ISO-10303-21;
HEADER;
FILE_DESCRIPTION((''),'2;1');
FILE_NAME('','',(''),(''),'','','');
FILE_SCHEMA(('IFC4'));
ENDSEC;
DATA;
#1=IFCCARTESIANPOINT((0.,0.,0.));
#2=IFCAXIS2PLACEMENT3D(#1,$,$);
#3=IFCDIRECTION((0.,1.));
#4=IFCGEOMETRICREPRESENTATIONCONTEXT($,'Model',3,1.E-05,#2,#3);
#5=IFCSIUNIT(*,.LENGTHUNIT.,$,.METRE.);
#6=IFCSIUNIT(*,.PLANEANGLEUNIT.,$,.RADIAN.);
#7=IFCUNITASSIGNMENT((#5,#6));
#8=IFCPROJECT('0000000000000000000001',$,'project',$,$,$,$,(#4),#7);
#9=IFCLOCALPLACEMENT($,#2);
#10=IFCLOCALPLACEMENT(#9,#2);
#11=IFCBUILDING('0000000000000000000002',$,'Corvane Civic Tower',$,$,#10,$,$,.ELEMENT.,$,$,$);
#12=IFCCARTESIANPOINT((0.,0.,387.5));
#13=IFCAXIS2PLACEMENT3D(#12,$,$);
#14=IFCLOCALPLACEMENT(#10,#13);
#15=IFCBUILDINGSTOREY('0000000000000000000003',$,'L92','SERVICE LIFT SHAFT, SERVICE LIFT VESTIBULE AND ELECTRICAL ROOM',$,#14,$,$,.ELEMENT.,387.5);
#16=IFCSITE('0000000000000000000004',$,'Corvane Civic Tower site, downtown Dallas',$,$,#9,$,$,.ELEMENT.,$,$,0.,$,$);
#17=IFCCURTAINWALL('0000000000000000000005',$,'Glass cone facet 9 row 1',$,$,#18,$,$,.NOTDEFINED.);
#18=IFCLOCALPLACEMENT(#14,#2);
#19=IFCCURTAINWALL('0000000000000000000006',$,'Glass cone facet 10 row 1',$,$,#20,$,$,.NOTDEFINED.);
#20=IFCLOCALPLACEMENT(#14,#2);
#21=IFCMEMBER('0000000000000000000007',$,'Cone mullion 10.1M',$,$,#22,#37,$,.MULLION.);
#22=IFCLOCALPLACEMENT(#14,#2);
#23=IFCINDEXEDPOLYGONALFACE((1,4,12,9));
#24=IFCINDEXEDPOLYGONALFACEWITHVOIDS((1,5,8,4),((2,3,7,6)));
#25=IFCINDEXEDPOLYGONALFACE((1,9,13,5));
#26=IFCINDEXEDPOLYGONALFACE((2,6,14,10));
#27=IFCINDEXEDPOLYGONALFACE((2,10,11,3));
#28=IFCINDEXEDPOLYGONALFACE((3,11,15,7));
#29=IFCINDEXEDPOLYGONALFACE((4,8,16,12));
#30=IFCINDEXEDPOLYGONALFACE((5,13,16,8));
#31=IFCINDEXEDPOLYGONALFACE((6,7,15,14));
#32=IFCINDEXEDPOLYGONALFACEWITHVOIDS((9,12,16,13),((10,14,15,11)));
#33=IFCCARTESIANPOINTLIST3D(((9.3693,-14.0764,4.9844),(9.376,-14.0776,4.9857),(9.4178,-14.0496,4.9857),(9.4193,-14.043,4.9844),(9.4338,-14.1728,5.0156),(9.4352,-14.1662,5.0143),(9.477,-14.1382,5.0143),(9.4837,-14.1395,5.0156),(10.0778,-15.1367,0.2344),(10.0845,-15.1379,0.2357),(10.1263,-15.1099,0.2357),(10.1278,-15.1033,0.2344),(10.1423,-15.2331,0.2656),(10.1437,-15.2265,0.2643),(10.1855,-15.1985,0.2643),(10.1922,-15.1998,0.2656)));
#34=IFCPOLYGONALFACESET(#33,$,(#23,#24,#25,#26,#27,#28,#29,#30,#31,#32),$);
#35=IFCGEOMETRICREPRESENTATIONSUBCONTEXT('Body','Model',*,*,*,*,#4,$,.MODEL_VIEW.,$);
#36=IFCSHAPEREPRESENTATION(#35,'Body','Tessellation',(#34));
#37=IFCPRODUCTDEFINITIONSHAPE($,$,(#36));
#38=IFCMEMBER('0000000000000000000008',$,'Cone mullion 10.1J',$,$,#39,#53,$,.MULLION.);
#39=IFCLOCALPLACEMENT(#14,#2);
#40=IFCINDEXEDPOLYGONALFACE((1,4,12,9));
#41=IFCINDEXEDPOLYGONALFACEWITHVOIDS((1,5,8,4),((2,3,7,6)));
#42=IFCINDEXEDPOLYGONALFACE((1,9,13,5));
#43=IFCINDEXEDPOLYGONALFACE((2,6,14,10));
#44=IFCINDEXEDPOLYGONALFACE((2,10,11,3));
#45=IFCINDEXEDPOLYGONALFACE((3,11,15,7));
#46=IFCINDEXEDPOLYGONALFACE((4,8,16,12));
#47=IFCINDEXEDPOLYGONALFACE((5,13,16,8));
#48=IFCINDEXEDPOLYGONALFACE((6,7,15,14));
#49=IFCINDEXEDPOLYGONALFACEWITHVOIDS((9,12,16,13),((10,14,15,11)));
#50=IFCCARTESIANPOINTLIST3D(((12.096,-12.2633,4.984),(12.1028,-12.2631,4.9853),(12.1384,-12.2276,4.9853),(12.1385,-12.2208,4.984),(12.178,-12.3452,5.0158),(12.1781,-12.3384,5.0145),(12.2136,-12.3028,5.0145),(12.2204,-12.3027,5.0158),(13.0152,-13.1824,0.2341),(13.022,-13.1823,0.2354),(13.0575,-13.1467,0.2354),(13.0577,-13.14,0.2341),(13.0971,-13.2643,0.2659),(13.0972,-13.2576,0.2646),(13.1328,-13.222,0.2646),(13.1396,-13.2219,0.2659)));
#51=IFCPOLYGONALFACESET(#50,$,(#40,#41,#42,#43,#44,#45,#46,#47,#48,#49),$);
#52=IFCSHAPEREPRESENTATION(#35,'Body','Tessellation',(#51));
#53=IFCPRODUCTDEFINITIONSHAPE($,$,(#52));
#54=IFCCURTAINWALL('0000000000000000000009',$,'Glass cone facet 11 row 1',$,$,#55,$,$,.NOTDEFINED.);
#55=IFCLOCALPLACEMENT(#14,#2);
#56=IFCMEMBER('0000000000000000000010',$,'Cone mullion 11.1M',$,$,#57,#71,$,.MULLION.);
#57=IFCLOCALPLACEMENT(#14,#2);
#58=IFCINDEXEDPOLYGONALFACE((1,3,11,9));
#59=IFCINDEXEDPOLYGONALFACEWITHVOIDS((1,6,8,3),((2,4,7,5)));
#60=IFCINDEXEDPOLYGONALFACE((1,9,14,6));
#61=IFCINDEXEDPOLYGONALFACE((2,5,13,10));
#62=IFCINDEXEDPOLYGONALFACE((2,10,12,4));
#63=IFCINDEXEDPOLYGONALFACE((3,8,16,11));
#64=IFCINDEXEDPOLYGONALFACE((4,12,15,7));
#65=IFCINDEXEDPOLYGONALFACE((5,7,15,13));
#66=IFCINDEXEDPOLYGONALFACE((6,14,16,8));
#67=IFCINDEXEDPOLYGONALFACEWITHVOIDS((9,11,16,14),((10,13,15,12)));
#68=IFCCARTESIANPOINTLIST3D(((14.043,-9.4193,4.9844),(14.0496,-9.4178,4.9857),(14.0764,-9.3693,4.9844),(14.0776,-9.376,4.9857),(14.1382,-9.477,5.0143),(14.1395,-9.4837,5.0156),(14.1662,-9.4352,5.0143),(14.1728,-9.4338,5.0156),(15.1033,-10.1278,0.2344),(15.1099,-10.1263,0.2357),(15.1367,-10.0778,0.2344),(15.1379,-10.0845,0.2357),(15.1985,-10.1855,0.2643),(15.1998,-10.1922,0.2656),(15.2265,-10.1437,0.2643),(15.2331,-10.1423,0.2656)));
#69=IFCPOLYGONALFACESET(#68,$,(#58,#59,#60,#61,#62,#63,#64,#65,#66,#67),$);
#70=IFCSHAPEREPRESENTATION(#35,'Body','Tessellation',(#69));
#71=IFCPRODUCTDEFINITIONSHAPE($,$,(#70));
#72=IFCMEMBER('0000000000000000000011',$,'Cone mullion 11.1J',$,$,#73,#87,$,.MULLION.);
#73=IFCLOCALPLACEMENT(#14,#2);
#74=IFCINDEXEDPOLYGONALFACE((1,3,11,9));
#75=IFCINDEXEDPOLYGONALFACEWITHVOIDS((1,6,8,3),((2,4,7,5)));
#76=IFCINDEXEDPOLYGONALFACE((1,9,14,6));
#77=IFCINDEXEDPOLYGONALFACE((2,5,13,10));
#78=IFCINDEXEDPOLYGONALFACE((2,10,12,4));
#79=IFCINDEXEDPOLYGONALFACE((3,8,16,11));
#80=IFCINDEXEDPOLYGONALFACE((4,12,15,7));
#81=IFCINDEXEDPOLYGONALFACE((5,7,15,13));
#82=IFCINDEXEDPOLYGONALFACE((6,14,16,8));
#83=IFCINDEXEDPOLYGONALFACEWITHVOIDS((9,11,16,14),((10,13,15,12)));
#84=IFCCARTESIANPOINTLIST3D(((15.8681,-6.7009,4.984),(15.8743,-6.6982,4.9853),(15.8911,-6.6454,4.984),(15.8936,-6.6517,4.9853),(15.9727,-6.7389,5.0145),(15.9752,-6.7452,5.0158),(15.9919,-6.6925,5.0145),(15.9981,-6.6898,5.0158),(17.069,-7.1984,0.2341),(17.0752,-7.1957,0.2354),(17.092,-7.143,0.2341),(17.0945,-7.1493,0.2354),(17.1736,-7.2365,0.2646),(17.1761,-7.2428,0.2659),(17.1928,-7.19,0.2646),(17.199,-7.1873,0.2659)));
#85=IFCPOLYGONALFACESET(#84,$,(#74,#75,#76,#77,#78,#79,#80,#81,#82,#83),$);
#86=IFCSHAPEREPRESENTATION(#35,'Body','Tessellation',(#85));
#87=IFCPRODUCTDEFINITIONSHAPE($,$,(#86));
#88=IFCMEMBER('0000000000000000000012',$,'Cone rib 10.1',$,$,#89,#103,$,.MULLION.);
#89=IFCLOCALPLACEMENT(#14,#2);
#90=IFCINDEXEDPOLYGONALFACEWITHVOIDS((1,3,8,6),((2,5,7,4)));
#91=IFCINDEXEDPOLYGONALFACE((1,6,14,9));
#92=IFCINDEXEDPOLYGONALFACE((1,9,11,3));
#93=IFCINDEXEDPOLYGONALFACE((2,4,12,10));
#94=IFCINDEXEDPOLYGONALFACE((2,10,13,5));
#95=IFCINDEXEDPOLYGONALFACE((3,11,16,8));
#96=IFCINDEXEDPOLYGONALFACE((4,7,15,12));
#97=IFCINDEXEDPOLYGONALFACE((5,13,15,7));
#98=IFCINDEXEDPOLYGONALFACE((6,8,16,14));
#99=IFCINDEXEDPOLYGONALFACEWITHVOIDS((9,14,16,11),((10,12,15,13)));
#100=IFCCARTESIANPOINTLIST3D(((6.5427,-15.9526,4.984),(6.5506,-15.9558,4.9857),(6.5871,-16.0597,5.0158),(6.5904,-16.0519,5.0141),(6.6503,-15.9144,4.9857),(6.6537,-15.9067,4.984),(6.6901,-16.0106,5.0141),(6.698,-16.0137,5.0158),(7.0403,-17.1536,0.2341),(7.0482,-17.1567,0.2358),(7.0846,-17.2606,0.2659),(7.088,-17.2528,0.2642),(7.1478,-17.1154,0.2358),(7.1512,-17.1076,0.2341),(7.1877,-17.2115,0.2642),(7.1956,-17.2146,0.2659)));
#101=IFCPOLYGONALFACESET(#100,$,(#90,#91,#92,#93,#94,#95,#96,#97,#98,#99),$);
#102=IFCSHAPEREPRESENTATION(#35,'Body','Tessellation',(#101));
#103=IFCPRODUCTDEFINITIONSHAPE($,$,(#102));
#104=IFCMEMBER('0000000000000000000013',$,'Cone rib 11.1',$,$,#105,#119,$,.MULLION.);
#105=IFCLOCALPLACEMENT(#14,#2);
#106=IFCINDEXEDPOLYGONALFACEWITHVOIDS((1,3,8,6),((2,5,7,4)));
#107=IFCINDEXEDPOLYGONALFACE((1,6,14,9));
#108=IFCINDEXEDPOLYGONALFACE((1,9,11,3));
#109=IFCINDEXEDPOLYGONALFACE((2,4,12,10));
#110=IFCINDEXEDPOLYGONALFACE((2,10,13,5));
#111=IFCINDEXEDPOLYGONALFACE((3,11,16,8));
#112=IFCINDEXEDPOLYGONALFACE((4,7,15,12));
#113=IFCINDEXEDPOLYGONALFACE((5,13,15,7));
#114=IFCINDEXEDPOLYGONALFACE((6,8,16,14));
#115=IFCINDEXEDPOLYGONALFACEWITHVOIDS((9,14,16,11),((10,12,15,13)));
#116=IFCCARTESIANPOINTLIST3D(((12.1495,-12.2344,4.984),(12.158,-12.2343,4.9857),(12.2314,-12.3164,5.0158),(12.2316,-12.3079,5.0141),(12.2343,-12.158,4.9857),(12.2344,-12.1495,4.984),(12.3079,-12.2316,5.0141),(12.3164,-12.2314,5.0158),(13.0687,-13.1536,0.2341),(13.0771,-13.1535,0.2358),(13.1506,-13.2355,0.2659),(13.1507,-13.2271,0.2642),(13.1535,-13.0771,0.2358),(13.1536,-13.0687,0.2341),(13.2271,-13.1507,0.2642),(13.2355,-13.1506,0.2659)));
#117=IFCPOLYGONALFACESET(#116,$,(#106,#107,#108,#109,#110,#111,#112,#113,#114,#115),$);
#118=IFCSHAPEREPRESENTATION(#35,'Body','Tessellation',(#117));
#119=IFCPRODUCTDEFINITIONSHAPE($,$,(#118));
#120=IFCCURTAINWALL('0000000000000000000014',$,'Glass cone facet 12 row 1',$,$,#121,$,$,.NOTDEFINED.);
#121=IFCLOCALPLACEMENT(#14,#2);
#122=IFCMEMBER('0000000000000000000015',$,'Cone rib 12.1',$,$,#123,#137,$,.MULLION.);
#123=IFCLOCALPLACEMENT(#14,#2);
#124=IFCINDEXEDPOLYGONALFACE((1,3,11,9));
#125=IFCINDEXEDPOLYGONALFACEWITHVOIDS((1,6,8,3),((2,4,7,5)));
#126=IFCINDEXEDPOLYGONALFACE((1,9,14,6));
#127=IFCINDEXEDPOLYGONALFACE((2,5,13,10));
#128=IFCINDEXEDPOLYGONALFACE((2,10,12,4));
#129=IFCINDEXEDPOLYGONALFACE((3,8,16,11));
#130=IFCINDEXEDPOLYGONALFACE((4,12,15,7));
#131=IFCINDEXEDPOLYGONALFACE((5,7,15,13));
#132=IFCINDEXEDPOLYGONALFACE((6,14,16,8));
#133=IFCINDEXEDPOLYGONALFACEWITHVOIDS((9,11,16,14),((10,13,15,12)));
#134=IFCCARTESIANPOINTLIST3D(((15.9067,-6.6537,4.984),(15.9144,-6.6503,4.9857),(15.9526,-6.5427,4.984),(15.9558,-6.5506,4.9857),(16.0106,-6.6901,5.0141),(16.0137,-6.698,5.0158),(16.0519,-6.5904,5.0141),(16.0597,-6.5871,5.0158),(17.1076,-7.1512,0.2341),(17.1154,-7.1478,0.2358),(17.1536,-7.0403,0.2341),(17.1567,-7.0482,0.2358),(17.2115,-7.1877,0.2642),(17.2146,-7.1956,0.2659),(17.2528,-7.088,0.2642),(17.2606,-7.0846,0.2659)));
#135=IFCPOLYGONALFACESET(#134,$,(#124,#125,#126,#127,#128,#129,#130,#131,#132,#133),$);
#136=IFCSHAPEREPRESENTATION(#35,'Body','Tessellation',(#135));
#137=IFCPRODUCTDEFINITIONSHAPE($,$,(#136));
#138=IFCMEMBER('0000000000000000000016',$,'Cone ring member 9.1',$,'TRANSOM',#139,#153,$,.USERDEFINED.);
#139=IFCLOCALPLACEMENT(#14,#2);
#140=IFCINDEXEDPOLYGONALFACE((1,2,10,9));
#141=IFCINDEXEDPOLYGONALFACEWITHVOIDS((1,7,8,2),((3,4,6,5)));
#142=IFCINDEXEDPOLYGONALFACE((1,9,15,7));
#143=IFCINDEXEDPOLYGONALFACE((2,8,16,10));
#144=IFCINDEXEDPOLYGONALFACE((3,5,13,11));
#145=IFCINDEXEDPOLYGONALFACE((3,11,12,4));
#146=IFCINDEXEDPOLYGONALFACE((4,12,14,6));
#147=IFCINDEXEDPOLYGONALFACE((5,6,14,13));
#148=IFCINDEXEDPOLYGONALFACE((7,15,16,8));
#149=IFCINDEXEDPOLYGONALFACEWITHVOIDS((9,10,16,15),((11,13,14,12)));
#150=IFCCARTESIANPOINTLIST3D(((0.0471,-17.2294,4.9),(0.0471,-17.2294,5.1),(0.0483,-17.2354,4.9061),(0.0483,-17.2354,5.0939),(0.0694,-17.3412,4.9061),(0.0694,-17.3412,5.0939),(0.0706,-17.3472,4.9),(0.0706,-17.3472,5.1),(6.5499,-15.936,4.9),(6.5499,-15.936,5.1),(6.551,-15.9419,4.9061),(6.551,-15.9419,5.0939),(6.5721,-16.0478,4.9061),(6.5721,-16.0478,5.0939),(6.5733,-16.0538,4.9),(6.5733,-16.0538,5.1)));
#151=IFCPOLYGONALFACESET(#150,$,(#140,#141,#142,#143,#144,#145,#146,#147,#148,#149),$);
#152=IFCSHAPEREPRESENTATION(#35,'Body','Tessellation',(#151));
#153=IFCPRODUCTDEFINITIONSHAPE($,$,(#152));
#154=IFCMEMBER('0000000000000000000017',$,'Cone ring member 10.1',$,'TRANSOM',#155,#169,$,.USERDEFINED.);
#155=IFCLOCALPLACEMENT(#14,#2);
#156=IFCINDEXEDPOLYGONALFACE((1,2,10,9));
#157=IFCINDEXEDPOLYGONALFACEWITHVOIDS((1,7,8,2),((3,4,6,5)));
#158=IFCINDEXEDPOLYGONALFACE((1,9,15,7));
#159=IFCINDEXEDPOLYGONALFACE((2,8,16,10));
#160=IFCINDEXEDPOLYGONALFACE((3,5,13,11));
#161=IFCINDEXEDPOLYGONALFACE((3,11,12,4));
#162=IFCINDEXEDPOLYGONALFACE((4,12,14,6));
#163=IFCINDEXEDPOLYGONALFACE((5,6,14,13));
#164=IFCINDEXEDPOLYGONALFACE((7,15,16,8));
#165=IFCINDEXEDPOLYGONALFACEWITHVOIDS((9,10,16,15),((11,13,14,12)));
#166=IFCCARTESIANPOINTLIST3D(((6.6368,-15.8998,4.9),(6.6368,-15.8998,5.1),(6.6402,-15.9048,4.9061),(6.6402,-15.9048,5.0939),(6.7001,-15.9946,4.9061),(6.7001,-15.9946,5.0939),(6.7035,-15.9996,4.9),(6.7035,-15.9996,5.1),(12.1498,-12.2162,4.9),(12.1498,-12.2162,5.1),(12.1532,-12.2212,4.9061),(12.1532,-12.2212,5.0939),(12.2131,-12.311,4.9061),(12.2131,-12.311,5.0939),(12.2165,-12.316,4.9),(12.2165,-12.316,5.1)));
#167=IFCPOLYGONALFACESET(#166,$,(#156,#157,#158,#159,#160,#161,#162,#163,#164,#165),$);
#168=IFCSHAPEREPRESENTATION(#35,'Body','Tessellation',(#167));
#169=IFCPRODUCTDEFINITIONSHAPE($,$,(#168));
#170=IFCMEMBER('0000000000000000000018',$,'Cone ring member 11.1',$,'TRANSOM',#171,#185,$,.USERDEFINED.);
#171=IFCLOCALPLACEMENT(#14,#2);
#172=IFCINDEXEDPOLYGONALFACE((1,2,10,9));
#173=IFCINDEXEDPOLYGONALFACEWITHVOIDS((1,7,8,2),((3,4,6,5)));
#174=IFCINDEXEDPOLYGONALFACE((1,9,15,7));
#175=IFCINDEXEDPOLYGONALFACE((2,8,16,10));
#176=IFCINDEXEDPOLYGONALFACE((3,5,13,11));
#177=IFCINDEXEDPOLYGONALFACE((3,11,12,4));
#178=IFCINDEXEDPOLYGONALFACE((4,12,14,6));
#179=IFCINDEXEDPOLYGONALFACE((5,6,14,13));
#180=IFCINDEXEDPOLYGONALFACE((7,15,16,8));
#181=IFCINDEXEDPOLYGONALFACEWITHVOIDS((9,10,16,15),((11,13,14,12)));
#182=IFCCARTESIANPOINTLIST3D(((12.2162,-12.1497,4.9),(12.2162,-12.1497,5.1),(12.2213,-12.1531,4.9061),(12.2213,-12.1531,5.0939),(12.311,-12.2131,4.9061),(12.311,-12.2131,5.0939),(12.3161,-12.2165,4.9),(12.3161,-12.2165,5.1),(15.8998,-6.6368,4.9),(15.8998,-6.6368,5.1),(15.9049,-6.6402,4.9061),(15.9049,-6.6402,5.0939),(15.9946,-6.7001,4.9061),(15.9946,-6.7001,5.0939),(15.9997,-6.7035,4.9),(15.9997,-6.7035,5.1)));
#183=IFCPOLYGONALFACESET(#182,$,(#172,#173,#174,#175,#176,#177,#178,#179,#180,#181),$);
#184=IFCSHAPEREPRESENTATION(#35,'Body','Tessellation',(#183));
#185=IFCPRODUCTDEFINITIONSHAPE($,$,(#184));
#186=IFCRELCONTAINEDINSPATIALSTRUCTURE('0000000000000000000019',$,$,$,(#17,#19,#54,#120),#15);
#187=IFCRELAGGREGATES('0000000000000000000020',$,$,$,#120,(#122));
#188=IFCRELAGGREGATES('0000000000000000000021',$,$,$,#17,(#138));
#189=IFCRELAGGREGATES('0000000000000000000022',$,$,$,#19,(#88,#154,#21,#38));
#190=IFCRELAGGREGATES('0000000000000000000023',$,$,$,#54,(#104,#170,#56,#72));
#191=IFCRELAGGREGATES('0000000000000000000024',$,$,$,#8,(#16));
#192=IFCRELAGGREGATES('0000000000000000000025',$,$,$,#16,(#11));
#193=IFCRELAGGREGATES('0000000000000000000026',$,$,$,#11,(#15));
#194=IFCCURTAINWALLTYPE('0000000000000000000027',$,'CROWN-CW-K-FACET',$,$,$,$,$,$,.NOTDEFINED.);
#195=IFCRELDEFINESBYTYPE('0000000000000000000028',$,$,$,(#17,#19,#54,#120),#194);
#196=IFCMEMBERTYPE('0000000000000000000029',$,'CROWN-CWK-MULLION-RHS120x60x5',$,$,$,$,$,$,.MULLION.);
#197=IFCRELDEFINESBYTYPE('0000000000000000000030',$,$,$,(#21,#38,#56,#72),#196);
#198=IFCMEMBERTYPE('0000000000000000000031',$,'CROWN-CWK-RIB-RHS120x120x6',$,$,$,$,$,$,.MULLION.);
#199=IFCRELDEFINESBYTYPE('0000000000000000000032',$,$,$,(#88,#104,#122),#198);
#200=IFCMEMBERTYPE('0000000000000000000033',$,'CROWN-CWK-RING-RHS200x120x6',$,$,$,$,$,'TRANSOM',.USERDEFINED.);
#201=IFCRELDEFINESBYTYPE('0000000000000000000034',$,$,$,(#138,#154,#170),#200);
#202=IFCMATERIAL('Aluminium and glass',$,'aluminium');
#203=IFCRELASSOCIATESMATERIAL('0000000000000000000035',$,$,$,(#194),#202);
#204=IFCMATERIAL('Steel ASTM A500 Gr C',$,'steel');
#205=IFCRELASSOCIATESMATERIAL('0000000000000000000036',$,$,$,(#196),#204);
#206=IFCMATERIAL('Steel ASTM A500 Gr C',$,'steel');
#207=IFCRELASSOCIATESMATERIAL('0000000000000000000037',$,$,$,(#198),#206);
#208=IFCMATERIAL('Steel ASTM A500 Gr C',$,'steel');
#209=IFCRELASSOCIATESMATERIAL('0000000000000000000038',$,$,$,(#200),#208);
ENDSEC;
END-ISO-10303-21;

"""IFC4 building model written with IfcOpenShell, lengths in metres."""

from ifc_helpers import new_model, si_unit, direction, frame, origin, origin_2d, place, context, subcontext, project, spatial, hollow_rectangle, extrude, material, material_profile, profile_set, type_object, element, aggregate, save


model = new_model("IFC4")

# Units and contexts
model_context = context("Model", 3, precision=1e-05, world=origin(), true_north=direction((0.0, 1.0)))
body_context = subcontext(model_context, "Body", "Model", "MODEL_VIEW")
ifc_project = project(units=[si_unit("LENGTHUNIT", "METRE"), si_unit("PLANEANGLEUNIT", "RADIAN")], contexts=[model_context])

# Site, building, storey
site_placement = place(None, origin())
site = spatial("IfcSite", under=ifc_project, at=site_placement, Name="Corvane Civic Tower site, downtown Dallas", CompositionType="ELEMENT", RefElevation=0.0)
building_placement = place(site_placement, origin())
building = spatial("IfcBuilding", under=site, at=building_placement, Name="Corvane Civic Tower", CompositionType="ELEMENT")
storey_placement = place(building_placement, frame((0.0, 0.0, 387.5)))
storey = spatial("IfcBuildingStorey", under=building, at=storey_placement, Name="L92", Description="SERVICE LIFT SHAFT, SERVICE LIFT VESTIBULE AND ELECTRICAL ROOM", CompositionType="ELEMENT", Elevation=387.5)

# Curtain walls, members
ifc_material_1 = material(Name="Aluminium and glass", Category="aluminium")
curtain_wall_type = type_object("IfcCurtainWallType", Name="CROWN-CW-K-FACET", PredefinedType="NOTDEFINED", material=ifc_material_1)
curtain_wall_1_placement = place(storey_placement, origin())
curtain_wall_1 = element("IfcCurtainWall", 1, at=curtain_wall_1_placement, inside=storey, type_object=curtain_wall_type, Name="Glass cone facet 9 row 1", PredefinedType="NOTDEFINED")
ifc_material_2 = material(Name="Steel ASTM A500 Gr C", Category="steel")
ifc_material_profile_1 = material_profile(ifc_material_2, hollow_rectangle(XDim=0.0601, YDim=0.1201, WallThickness=0.0049, at=origin_2d()), Name="RHS 120x60x5")
ifc_profile_set_1 = profile_set([ifc_material_profile_1], Name="Steel ASTM A500 Gr C")
member_type_1 = type_object("IfcMemberType", Name="CROWN-CWK-MULLION-RHS120x60x5", PredefinedType="MULLION", material=ifc_profile_set_1)
curtain_wall_2_placement = place(storey_placement, origin())
curtain_wall_2 = element("IfcCurtainWall", 2, at=curtain_wall_2_placement, inside=storey, type_object=curtain_wall_type, Name="Glass cone facet 10 row 1", PredefinedType="NOTDEFINED")
member_1_placement = place(storey_placement, frame((10.135, -15.1682, 0.25), z_axis=(-0.144056, 0.215587, 0.9658), x_axis=(-0.831461, -0.555583, 0.0)))
member_1 = element("IfcMember", 3, at=member_1_placement, type_object=member_type_1, Name="Cone mullion 10.1M", PredefinedType="MULLION", context=body_context, shape_type="SweptSolid", body=[
    extrude(hollow_rectangle(XDim=0.0601, YDim=0.1201, WallThickness=0.0049, at=origin_2d()), origin(), (0.0, 0.0, 1.0), 4.9182),
])
member_2_placement = place(storey_placement, frame((13.0774, -13.2021, 0.25), z_axis=(-0.18665, 0.18665, 0.964533), x_axis=(-0.707107, -0.707107, 0.0)))
member_2 = element("IfcMember", 4, at=member_2_placement, type_object=member_type_1, Name="Cone mullion 10.1J", PredefinedType="MULLION", context=body_context, shape_type="SweptSolid", body=[
    extrude(hollow_rectangle(XDim=0.0601, YDim=0.1201, WallThickness=0.0049, at=origin_2d()), origin(), (0.0, 0.0, 1.0), 4.9246),
])
curtain_wall_3_placement = place(storey_placement, origin())
curtain_wall_3 = element("IfcCurtainWall", 5, at=curtain_wall_3_placement, inside=storey, type_object=curtain_wall_type, Name="Glass cone facet 11 row 1", PredefinedType="NOTDEFINED")
member_3_placement = place(storey_placement, frame((15.1682, -10.135, 0.25), z_axis=(-0.215587, 0.144056, 0.9658), x_axis=(-0.555583, -0.831461, 0.0)))
member_3 = element("IfcMember", 6, at=member_3_placement, type_object=member_type_1, Name="Cone mullion 11.1M", PredefinedType="MULLION", context=body_context, shape_type="SweptSolid", body=[
    extrude(hollow_rectangle(XDim=0.0601, YDim=0.1201, WallThickness=0.0049, at=origin_2d()), origin(), (0.0, 0.0, 1.0), 4.9182),
])
member_4_placement = place(storey_placement, frame((17.134, -7.1929, 0.25), z_axis=(-0.24386, 0.101034, 0.964533), x_axis=(-0.382761, -0.923847, 0.0)))
member_4 = element("IfcMember", 7, at=member_4_placement, type_object=member_type_1, Name="Cone mullion 11.1J", PredefinedType="MULLION", context=body_context, shape_type="SweptSolid", body=[
    extrude(hollow_rectangle(XDim=0.0601, YDim=0.1201, WallThickness=0.0049, at=origin_2d()), origin(), (0.0, 0.0, 1.0), 4.9246),
])

# Members
ifc_material_3 = material(Name="Steel ASTM A500 Gr C", Category="steel")
ifc_material_profile_2 = material_profile(ifc_material_3, hollow_rectangle(XDim=0.1201, YDim=0.1201, WallThickness=0.0061, at=origin_2d()), Name="RHS 120x120x6")
ifc_profile_set_2 = profile_set([ifc_material_profile_2], Name="Steel ASTM A500 Gr C")
member_type_2 = type_object("IfcMemberType", Name="CROWN-CWK-RIB-RHS120x120x6", PredefinedType="MULLION", material=ifc_profile_set_2)
member_5_placement = place(storey_placement, frame((7.1179, -17.1841, 0.25), z_axis=(-0.101034, 0.24386, 0.964533), x_axis=(-0.923847, -0.382761, 0.0)))
member_5 = element("IfcMember", 8, at=member_5_placement, type_object=member_type_2, Name="Cone rib 10.1", PredefinedType="MULLION", context=body_context, shape_type="SweptSolid", body=[
    extrude(hollow_rectangle(XDim=0.1201, YDim=0.1201, WallThickness=0.0061, at=origin_2d()), origin(), (0.0, 0.0, 1.0), 4.9246),
])
member_6_placement = place(storey_placement, frame((13.1521, -13.1521, 0.25), z_axis=(-0.18665, 0.18665, 0.964533), x_axis=(-0.707107, -0.707107, 0.0)))
member_6 = element("IfcMember", 9, at=member_6_placement, type_object=member_type_2, Name="Cone rib 11.1", PredefinedType="MULLION", context=body_context, shape_type="SweptSolid", body=[
    extrude(hollow_rectangle(XDim=0.1201, YDim=0.1201, WallThickness=0.0061, at=origin_2d()), origin(), (0.0, 0.0, 1.0), 4.9246),
])

# Curtain wall, member
curtain_wall_4_placement = place(storey_placement, origin())
curtain_wall_4 = element("IfcCurtainWall", 10, at=curtain_wall_4_placement, inside=storey, type_object=curtain_wall_type, Name="Glass cone facet 12 row 1", PredefinedType="NOTDEFINED")
member_7_placement = place(storey_placement, frame((17.1841, -7.1179, 0.25), z_axis=(-0.24386, 0.101034, 0.964533), x_axis=(-0.382761, -0.923847, 0.0)))
member_7 = element("IfcMember", 11, at=member_7_placement, type_object=member_type_2, Name="Cone rib 12.1", PredefinedType="MULLION", context=body_context, shape_type="SweptSolid", body=[
    extrude(hollow_rectangle(XDim=0.1201, YDim=0.1201, WallThickness=0.0061, at=origin_2d()), origin(), (0.0, 0.0, 1.0), 4.9246),
])
aggregate(curtain_wall_4, [member_7])

# Members
ifc_material_4 = material(Name="Steel ASTM A500 Gr C", Category="steel")
ifc_material_profile_3 = material_profile(ifc_material_4, hollow_rectangle(XDim=0.1201, YDim=0.2, WallThickness=0.0061, at=origin_2d()), Name="RHS 200x120x6")
ifc_profile_set_3 = profile_set([ifc_material_profile_3], Name="Steel ASTM A500 Gr C")
member_type_3 = type_object("IfcMemberType", Name="CROWN-CWK-RING-RHS200x120x6", ElementType="TRANSOM", PredefinedType="USERDEFINED", material=ifc_profile_set_3)
member_8_placement = place(storey_placement, frame((0.0588, -17.2883, 5.0), z_axis=(0.980785, 0.195089, 0.0), x_axis=(-0.195089, 0.980785, 0.0)))
member_8 = element("IfcMember", 12, at=member_8_placement, type_object=member_type_3, Name="Cone ring member 9.1", ObjectType="TRANSOM", PredefinedType="USERDEFINED", context=body_context, shape_type="SweptSolid", body=[
    extrude(hollow_rectangle(XDim=0.1201, YDim=0.2, WallThickness=0.0061, at=origin_2d()), origin(), (0.0, 0.0, 1.0), 6.6301),
])
aggregate(curtain_wall_1, [member_8])
member_9_placement = place(storey_placement, frame((6.6702, -15.9497, 5.0), z_axis=(0.831472, 0.555567, 0.0), x_axis=(-0.555567, 0.831472, 0.0)))
member_9 = element("IfcMember", 13, at=member_9_placement, type_object=member_type_3, Name="Cone ring member 10.1", ObjectType="TRANSOM", PredefinedType="USERDEFINED", context=body_context, shape_type="SweptSolid", body=[
    extrude(hollow_rectangle(XDim=0.1201, YDim=0.2, WallThickness=0.0061, at=origin_2d()), origin(), (0.0, 0.0, 1.0), 6.6304),
])
member_10_placement = place(storey_placement, frame((12.2661, -12.1831, 5.0), z_axis=(0.555567, 0.831472, 0.0), x_axis=(-0.831472, 0.555567, 0.0)))
member_10 = element("IfcMember", 14, at=member_10_placement, type_object=member_type_3, Name="Cone ring member 11.1", ObjectType="TRANSOM", PredefinedType="USERDEFINED", context=body_context, shape_type="SweptSolid", body=[
    extrude(hollow_rectangle(XDim=0.1201, YDim=0.2, WallThickness=0.0061, at=origin_2d()), origin(), (0.0, 0.0, 1.0), 6.6304),
])

aggregate(curtain_wall_2, [member_5, member_9, member_1, member_2])
aggregate(curtain_wall_3, [member_6, member_10, member_3, member_4])

save(model, "model.ifc")
